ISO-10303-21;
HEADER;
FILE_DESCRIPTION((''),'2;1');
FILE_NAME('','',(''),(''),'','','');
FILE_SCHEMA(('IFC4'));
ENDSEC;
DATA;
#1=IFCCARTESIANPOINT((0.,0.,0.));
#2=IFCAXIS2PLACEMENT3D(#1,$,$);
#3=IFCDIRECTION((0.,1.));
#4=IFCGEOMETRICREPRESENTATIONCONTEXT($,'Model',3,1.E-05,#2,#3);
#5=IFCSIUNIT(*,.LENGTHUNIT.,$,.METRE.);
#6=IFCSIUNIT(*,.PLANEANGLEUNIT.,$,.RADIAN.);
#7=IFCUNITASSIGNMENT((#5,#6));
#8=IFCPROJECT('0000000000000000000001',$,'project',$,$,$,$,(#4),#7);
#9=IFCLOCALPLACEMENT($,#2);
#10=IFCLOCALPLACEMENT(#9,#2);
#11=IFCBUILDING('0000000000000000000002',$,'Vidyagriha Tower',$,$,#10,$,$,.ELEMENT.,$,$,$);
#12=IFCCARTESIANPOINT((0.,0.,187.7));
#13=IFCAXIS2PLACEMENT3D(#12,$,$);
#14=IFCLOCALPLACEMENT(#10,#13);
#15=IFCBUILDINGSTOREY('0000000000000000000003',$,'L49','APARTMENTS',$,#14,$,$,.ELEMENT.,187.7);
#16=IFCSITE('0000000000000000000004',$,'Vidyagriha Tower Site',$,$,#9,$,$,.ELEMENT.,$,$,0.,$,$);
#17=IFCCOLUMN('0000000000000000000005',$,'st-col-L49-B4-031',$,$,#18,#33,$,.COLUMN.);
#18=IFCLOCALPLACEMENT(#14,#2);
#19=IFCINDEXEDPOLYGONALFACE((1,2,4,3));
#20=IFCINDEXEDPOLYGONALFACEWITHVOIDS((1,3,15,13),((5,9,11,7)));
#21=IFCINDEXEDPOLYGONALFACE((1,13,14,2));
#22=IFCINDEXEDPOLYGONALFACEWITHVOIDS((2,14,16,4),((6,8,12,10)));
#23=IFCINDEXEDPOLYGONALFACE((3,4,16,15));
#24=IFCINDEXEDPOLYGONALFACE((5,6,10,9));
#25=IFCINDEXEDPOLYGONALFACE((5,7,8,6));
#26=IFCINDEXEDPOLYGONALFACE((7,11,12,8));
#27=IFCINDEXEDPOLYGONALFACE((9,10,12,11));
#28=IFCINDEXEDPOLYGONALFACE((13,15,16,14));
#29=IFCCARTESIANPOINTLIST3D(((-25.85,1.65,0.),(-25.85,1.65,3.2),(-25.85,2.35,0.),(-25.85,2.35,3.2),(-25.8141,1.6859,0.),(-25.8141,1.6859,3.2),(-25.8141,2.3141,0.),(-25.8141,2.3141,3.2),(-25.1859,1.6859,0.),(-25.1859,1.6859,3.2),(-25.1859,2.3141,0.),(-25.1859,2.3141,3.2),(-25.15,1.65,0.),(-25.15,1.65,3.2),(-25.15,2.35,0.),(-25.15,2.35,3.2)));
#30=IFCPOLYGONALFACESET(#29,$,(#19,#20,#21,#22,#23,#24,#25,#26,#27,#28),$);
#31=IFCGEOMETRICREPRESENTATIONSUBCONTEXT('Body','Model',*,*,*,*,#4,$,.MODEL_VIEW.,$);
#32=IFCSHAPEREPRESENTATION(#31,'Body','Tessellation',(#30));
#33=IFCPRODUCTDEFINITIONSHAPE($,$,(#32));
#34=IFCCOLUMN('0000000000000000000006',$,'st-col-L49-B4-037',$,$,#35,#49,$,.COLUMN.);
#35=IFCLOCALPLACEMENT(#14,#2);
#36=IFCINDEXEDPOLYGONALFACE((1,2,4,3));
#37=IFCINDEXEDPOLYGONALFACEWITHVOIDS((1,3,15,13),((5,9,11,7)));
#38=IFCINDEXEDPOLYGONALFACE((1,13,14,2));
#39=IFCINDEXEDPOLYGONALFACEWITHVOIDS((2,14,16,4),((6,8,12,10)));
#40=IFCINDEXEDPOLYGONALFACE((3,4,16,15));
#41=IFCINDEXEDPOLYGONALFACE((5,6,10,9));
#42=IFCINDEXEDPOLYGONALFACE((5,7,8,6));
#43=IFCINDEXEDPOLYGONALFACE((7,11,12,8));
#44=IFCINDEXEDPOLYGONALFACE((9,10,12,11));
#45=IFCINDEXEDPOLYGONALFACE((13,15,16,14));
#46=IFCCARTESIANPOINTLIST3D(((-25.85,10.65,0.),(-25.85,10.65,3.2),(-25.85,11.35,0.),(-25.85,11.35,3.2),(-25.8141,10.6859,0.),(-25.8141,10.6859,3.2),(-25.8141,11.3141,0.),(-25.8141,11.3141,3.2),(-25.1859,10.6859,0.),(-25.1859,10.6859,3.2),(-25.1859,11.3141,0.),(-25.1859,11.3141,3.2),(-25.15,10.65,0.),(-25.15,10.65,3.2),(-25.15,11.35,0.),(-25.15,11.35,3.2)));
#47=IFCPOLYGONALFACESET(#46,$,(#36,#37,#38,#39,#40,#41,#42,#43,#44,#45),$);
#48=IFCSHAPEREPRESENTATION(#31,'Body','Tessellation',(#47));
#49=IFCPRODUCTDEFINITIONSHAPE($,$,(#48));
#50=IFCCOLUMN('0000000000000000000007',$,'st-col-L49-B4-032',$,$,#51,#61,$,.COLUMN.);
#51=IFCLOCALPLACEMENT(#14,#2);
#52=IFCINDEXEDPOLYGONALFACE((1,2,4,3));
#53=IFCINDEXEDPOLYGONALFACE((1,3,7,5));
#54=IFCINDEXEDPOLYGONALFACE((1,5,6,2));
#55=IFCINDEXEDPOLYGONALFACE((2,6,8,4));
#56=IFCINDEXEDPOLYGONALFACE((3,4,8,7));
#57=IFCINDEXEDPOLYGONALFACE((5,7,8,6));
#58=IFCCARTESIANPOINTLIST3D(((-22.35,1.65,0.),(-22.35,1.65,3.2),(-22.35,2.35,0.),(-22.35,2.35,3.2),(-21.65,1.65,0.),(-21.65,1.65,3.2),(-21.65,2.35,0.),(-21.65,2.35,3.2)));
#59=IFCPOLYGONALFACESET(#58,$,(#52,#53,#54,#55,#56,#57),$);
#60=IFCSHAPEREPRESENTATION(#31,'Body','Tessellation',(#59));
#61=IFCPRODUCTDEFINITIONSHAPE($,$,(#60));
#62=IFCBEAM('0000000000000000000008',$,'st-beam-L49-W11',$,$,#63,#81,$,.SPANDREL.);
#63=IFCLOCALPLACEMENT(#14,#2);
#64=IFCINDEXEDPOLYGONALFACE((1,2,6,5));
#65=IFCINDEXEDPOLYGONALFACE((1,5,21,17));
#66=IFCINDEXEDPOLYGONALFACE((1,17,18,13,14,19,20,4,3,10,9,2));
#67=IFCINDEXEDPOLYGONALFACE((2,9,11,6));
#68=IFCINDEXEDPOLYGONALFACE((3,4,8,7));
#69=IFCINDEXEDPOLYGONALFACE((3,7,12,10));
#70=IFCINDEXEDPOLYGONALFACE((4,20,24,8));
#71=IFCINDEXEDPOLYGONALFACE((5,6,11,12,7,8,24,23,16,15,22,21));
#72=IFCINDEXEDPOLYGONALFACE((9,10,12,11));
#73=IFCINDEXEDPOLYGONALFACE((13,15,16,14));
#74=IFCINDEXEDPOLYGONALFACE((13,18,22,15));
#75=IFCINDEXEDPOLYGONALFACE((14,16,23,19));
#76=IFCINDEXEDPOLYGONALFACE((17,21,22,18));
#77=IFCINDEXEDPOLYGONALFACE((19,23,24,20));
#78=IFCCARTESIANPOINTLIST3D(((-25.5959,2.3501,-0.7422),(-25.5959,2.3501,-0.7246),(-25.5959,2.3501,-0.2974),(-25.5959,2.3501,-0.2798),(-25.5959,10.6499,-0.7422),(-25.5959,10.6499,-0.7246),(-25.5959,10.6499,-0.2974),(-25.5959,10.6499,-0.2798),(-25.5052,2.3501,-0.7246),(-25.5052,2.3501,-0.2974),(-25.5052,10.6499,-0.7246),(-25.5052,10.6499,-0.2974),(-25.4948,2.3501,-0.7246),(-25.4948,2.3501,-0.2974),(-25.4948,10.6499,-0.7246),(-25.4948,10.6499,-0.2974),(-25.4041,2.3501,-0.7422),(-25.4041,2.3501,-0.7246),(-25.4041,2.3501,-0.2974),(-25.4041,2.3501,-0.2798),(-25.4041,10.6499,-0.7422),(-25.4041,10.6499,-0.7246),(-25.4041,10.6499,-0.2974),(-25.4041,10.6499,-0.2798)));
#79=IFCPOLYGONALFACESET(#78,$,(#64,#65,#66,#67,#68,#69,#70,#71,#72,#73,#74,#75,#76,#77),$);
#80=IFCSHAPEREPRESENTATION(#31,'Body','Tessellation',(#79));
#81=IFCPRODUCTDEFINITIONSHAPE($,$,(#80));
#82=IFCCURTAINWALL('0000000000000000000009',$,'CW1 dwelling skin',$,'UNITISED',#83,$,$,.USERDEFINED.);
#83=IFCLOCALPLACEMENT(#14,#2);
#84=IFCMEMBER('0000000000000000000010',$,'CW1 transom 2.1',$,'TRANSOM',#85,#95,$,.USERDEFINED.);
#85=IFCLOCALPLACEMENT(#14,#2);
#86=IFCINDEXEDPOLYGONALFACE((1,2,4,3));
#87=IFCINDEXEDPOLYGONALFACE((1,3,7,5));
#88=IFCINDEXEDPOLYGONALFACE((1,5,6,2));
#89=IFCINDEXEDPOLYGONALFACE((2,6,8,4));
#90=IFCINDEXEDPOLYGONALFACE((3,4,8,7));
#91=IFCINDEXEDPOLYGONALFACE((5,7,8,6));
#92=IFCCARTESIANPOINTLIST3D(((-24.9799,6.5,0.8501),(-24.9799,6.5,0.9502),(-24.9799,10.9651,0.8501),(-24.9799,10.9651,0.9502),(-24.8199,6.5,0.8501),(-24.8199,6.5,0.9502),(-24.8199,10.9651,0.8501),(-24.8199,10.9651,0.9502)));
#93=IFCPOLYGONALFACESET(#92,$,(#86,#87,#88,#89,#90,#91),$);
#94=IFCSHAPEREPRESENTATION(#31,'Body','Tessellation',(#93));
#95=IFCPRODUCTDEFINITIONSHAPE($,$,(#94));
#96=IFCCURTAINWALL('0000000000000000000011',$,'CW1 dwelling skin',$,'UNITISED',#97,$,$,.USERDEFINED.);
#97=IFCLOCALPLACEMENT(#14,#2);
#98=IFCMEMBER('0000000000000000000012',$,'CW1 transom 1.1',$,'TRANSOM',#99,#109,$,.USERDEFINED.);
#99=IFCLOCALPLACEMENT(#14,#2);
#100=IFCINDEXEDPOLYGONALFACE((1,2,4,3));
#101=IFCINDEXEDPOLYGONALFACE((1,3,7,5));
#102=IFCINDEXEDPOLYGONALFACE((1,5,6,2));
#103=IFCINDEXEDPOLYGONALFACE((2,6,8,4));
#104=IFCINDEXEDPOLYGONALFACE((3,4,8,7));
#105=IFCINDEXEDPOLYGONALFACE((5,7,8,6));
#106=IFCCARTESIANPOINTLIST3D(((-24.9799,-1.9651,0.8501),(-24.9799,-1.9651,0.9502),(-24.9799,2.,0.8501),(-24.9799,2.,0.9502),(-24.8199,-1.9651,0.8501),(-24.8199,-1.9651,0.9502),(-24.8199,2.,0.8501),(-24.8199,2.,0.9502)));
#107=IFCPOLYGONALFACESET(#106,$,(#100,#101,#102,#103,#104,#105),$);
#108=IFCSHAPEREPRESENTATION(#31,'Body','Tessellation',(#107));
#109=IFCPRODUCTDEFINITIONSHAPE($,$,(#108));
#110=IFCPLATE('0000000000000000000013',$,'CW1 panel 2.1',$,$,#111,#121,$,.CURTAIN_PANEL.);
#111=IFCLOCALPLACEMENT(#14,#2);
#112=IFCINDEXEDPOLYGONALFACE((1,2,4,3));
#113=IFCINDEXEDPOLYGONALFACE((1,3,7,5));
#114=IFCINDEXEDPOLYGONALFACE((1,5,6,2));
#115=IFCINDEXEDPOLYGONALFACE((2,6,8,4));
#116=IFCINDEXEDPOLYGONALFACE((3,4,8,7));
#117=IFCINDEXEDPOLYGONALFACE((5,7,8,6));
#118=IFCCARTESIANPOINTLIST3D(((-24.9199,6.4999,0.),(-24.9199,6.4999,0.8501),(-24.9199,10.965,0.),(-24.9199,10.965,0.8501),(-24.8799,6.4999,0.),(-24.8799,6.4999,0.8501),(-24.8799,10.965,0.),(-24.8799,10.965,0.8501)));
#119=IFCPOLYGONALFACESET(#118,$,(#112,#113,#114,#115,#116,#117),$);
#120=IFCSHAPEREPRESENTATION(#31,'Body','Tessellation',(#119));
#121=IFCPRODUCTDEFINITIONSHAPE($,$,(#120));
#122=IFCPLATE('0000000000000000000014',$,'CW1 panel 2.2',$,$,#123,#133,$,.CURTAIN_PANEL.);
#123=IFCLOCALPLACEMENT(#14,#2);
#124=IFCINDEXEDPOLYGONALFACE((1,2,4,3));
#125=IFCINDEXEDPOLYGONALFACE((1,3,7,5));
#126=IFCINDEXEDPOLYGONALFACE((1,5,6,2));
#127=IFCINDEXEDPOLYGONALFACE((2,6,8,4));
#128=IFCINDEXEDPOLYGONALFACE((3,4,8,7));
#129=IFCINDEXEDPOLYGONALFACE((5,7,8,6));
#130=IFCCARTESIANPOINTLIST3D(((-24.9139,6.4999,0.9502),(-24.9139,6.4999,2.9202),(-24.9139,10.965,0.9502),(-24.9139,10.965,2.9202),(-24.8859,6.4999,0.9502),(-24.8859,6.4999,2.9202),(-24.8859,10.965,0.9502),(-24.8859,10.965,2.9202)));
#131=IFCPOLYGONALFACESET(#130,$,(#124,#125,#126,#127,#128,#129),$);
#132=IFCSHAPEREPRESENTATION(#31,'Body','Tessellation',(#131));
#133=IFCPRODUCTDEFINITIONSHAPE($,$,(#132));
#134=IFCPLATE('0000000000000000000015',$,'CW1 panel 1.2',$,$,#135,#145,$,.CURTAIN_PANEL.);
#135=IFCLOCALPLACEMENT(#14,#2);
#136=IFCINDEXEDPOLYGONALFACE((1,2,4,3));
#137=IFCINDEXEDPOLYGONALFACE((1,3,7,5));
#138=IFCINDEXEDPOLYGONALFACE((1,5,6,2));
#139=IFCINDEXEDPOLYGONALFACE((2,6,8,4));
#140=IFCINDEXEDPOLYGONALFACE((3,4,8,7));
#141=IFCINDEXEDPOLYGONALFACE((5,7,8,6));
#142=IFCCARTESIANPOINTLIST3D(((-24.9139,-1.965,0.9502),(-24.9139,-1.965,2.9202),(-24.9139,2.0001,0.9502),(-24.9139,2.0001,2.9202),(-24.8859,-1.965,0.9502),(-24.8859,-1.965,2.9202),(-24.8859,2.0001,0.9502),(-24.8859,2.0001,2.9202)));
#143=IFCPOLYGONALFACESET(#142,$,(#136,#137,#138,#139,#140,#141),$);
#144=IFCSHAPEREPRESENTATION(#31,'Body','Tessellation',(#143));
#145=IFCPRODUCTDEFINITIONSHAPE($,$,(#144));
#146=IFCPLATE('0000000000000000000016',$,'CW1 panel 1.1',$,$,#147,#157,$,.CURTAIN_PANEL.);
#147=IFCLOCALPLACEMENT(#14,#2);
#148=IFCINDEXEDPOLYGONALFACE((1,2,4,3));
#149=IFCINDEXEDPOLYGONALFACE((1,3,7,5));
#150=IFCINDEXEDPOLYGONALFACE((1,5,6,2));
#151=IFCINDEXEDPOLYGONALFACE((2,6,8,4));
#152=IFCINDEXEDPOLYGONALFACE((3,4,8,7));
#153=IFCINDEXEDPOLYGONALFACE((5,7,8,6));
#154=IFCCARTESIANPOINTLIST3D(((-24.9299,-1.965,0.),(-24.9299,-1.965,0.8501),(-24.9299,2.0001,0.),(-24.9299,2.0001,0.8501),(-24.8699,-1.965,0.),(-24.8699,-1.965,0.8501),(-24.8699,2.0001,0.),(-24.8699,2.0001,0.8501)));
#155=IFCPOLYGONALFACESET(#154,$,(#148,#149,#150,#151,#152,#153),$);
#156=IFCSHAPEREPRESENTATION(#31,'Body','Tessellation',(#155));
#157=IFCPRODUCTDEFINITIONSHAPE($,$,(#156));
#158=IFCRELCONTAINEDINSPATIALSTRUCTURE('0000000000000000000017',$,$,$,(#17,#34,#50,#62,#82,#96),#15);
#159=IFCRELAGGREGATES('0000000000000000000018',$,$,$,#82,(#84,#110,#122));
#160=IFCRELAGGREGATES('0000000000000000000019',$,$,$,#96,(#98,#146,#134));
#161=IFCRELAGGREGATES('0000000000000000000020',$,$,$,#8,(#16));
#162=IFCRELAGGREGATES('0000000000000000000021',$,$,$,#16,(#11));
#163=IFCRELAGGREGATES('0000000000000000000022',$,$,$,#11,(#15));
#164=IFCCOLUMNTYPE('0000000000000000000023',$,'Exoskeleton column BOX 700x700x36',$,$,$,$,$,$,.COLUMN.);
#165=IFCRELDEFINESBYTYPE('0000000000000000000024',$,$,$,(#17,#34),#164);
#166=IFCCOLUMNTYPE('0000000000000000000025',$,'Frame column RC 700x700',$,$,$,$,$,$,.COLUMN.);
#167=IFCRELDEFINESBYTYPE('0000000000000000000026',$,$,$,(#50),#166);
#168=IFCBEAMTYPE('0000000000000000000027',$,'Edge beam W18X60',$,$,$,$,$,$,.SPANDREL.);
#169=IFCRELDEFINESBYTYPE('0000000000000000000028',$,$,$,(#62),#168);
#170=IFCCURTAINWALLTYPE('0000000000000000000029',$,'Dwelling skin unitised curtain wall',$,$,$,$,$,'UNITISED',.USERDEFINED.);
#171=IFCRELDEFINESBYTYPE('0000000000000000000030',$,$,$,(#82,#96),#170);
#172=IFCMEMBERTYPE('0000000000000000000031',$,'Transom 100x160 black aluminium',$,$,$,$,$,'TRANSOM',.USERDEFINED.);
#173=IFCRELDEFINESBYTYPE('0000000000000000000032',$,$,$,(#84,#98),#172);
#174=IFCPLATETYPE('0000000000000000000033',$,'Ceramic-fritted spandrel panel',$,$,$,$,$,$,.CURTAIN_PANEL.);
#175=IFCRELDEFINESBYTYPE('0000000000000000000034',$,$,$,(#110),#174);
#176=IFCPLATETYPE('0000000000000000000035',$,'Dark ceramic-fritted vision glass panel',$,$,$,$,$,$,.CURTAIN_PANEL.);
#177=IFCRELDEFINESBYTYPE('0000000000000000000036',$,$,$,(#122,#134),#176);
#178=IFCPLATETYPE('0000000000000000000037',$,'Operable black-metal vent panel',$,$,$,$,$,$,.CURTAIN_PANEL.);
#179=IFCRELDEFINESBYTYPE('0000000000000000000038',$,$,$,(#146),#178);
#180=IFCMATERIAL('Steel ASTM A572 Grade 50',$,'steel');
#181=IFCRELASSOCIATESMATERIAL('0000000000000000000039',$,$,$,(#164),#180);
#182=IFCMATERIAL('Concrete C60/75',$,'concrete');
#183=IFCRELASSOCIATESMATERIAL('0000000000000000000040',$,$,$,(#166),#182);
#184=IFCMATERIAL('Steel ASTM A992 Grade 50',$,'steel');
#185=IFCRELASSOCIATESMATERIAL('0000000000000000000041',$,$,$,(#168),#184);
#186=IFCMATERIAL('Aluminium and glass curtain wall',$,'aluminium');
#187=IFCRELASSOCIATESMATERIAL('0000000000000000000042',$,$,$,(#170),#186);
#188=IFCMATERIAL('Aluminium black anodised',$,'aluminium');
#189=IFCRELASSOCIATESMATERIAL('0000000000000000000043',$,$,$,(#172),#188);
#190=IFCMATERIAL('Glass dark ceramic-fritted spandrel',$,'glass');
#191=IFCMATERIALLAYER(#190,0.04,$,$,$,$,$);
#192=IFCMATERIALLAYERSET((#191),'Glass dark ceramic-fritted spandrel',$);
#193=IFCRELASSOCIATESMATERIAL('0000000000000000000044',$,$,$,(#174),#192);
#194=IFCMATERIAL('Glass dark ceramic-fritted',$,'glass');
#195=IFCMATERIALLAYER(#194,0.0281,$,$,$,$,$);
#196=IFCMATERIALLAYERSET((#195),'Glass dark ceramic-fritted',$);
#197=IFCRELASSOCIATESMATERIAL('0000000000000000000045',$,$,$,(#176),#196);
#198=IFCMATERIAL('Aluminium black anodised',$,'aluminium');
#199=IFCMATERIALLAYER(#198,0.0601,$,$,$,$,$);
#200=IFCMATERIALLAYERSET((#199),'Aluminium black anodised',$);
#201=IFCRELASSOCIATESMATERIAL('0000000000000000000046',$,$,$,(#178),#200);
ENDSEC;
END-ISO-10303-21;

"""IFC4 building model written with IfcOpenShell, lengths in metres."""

from ifc_helpers import new_model, si_unit, direction, frame, origin, origin_2d, place, context, subcontext, project, spatial, rectangle, hollow_rectangle, i_section, extrude, material, layer, layer_set, material_profile, profile_set, type_object, element, aggregate, save


model = new_model("IFC4")

# Units and contexts
model_context = context("Model", 3, precision=1e-05, world=origin(), true_north=direction((0.0, 1.0)))
body_context = subcontext(model_context, "Body", "Model", "MODEL_VIEW")
ifc_project = project(units=[si_unit("LENGTHUNIT", "METRE"), si_unit("PLANEANGLEUNIT", "RADIAN")], contexts=[model_context])

# Site, building, storey
site_placement = place(None, origin())
site = spatial("IfcSite", under=ifc_project, at=site_placement, Name="Vidyagriha Tower Site", CompositionType="ELEMENT", RefElevation=0.0)
building_placement = place(site_placement, origin())
building = spatial("IfcBuilding", under=site, at=building_placement, Name="Vidyagriha Tower", CompositionType="ELEMENT")
storey_placement = place(building_placement, frame((0.0, 0.0, 187.7)))
storey = spatial("IfcBuildingStorey", under=building, at=storey_placement, Name="L49", Description="APARTMENTS", CompositionType="ELEMENT", Elevation=187.7)

# Columns
ifc_material_1 = material(Name="Steel ASTM A572 Grade 50", Category="steel")
ifc_material_profile_1 = material_profile(ifc_material_1, hollow_rectangle(XDim=0.7, YDim=0.7, WallThickness=0.0359, at=origin_2d()), Name="BOX 700x700x36")
ifc_profile_set_1 = profile_set([ifc_material_profile_1], Name="Steel ASTM A572 Grade 50")
column_type_1 = type_object("IfcColumnType", Name="Exoskeleton column BOX 700x700x36", PredefinedType="COLUMN", material=ifc_profile_set_1)
for number, where, name in (
    (1, (-25.5, 2.0, 0.0), "st-col-L49-B4-031"),
    (2, (-25.5, 11.0, 0.0), "st-col-L49-B4-037"),
):
    element("IfcColumn", number, at=place(storey_placement, frame(where)), inside=storey, type_object=column_type_1, Name=name, PredefinedType="COLUMN", context=body_context, shape_type="SweptSolid", body=[
        extrude(hollow_rectangle(XDim=0.7, YDim=0.7, WallThickness=0.0359, at=origin_2d()), origin(), (0.0, 0.0, 1.0), 3.2),
    ])
ifc_material_2 = material(Name="Concrete C60/75", Category="concrete")
ifc_material_profile_2 = material_profile(ifc_material_2, rectangle(XDim=0.7, YDim=0.7, at=origin_2d()), Name="RC 700x700")
ifc_profile_set_2 = profile_set([ifc_material_profile_2], Name="Concrete C60/75")
column_type_2 = type_object("IfcColumnType", Name="Frame column RC 700x700", PredefinedType="COLUMN", material=ifc_profile_set_2)
column_placement = place(storey_placement, frame((-22.0, 2.0, 0.0)))
element("IfcColumn", 3, at=column_placement, inside=storey, type_object=column_type_2, Name="st-col-L49-B4-032", PredefinedType="COLUMN", context=body_context, shape_type="SweptSolid", body=[
    extrude(rectangle(XDim=0.7, YDim=0.7, at=origin_2d()), origin(), (0.0, 0.0, 1.0), 3.2),
])

# Beam
ifc_material_3 = material(Name="Steel ASTM A992 Grade 50", Category="steel")
ifc_material_profile_3 = material_profile(ifc_material_3, i_section(OverallWidth=0.1919, OverallDepth=0.4624, WebThickness=0.0105, FlangeThickness=0.0176, at=origin_2d()), Name="W18X60")
ifc_profile_set_3 = profile_set([ifc_material_profile_3], Name="Steel ASTM A992 Grade 50")
beam_type = type_object("IfcBeamType", Name="Edge beam W18X60", PredefinedType="SPANDREL", material=ifc_profile_set_3)
beam_placement = place(storey_placement, frame((-25.5, 2.3501, -0.511), z_axis=(0.0, 1.0, 0.0), x_axis=(-1.0, 0.0, 0.0)))
element("IfcBeam", 4, at=beam_placement, inside=storey, type_object=beam_type, Name="st-beam-L49-W11", PredefinedType="SPANDREL", context=body_context, shape_type="SweptSolid", body=[
    extrude(i_section(OverallWidth=0.1919, OverallDepth=0.4624, WebThickness=0.0105, FlangeThickness=0.0176, at=origin_2d()), origin(), (0.0, 0.0, 1.0), 8.2998),
])

# Curtain walls, members
ifc_material_4 = material(Name="Aluminium and glass curtain wall", Category="aluminium")
curtain_wall_type = type_object("IfcCurtainWallType", Name="Dwelling skin unitised curtain wall", ElementType="UNITISED", PredefinedType="USERDEFINED", material=ifc_material_4)
curtain_wall_1_placement = place(storey_placement, origin())
curtain_wall_1 = element("IfcCurtainWall", 5, at=curtain_wall_1_placement, inside=storey, type_object=curtain_wall_type, Name="CW1 dwelling skin", ObjectType="UNITISED", PredefinedType="USERDEFINED")
ifc_material_5 = material(Name="Aluminium black anodised", Category="aluminium")
ifc_material_profile_4 = material_profile(ifc_material_5, rectangle(XDim=0.1599, YDim=0.1001, at=origin_2d()), Name="Transom 100x160 black aluminium")
ifc_profile_set_4 = profile_set([ifc_material_profile_4], Name="Aluminium black anodised")
member_type = type_object("IfcMemberType", Name="Transom 100x160 black aluminium", ElementType="TRANSOM", PredefinedType="USERDEFINED", material=ifc_profile_set_4)
member_1_placement = place(storey_placement, frame((-24.8999, 10.9651, 0.9001), z_axis=(0.0, -1.0, 0.0), x_axis=(1.0, 0.0, 0.0)))
member_1 = element("IfcMember", 6, at=member_1_placement, type_object=member_type, Name="CW1 transom 2.1", ObjectType="TRANSOM", PredefinedType="USERDEFINED", context=body_context, shape_type="SweptSolid", body=[
    extrude(rectangle(XDim=0.1599, YDim=0.1001, at=origin_2d()), origin(), (0.0, 0.0, 1.0), 4.4651),
])
curtain_wall_2_placement = place(storey_placement, origin())
curtain_wall_2 = element("IfcCurtainWall", 7, at=curtain_wall_2_placement, inside=storey, type_object=curtain_wall_type, Name="CW1 dwelling skin", ObjectType="UNITISED", PredefinedType="USERDEFINED")
member_2_placement = place(storey_placement, frame((-24.8999, 2.0, 0.9001), z_axis=(0.0, -1.0, 0.0), x_axis=(1.0, 0.0, 0.0)))
member_2 = element("IfcMember", 8, at=member_2_placement, type_object=member_type, Name="CW1 transom 1.1", ObjectType="TRANSOM", PredefinedType="USERDEFINED", context=body_context, shape_type="SweptSolid", body=[
    extrude(rectangle(XDim=0.1599, YDim=0.1001, at=origin_2d()), origin(), (0.0, 0.0, 1.0), 3.9651),
])

# Plates
ifc_material_6 = material(Name="Glass dark ceramic-fritted spandrel", Category="glass")
ifc_layer_1 = layer(ifc_material_6, 0.04)
ifc_layer_set_1 = layer_set([ifc_layer_1], Name="Glass dark ceramic-fritted spandrel")
plate_type_1 = type_object("IfcPlateType", Name="Ceramic-fritted spandrel panel", PredefinedType="CURTAIN_PANEL", material=ifc_layer_set_1)
plate_1_placement = place(storey_placement, frame((-24.8999, 8.7324, 0.0), z_axis=(0.0, 0.0, 1.0), x_axis=(0.0, -1.0, 0.0)))
plate_1 = element("IfcPlate", 9, at=plate_1_placement, type_object=plate_type_1, Name="CW1 panel 2.1", PredefinedType="CURTAIN_PANEL", context=body_context, shape_type="SweptSolid", body=[
    extrude(rectangle(XDim=4.4651, YDim=0.04, at=origin_2d()), origin(), (0.0, 0.0, 1.0), 0.8501),
])
ifc_material_7 = material(Name="Glass dark ceramic-fritted", Category="glass")
ifc_layer_2 = layer(ifc_material_7, 0.0281)
ifc_layer_set_2 = layer_set([ifc_layer_2], Name="Glass dark ceramic-fritted")
plate_type_2 = type_object("IfcPlateType", Name="Dark ceramic-fritted vision glass panel", PredefinedType="CURTAIN_PANEL", material=ifc_layer_set_2)
plate_2_placement = place(storey_placement, frame((-24.8999, 8.7324, 0.9502), z_axis=(0.0, 0.0, 1.0), x_axis=(0.0, -1.0, 0.0)))
plate_2 = element("IfcPlate", 10, at=plate_2_placement, type_object=plate_type_2, Name="CW1 panel 2.2", PredefinedType="CURTAIN_PANEL", context=body_context, shape_type="SweptSolid", body=[
    extrude(rectangle(XDim=4.4651, YDim=0.0281, at=origin_2d()), origin(), (0.0, 0.0, 1.0), 1.97),
])
aggregate(curtain_wall_1, [member_1, plate_1, plate_2])
plate_3_placement = place(storey_placement, frame((-24.8999, 0.0176, 0.9502), z_axis=(0.0, 0.0, 1.0), x_axis=(0.0, -1.0, 0.0)))
plate_3 = element("IfcPlate", 11, at=plate_3_placement, type_object=plate_type_2, Name="CW1 panel 1.2", PredefinedType="CURTAIN_PANEL", context=body_context, shape_type="SweptSolid", body=[
    extrude(rectangle(XDim=3.9651, YDim=0.0281, at=origin_2d()), origin(), (0.0, 0.0, 1.0), 1.97),
])
ifc_material_8 = material(Name="Aluminium black anodised", Category="aluminium")
ifc_layer_3 = layer(ifc_material_8, 0.0601)
ifc_layer_set_3 = layer_set([ifc_layer_3], Name="Aluminium black anodised")
plate_type_3 = type_object("IfcPlateType", Name="Operable black-metal vent panel", PredefinedType="CURTAIN_PANEL", material=ifc_layer_set_3)
plate_4_placement = place(storey_placement, frame((-24.8999, 0.0176, 0.0), z_axis=(0.0, 0.0, 1.0), x_axis=(0.0, -1.0, 0.0)))
plate_4 = element("IfcPlate", 12, at=plate_4_placement, type_object=plate_type_3, Name="CW1 panel 1.1", PredefinedType="CURTAIN_PANEL", context=body_context, shape_type="SweptSolid", body=[
    extrude(rectangle(XDim=3.9651, YDim=0.0601, at=origin_2d()), origin(), (0.0, 0.0, 1.0), 0.8501),
])
aggregate(curtain_wall_2, [member_2, plate_4, plate_3])

save(model, "model.ifc")
